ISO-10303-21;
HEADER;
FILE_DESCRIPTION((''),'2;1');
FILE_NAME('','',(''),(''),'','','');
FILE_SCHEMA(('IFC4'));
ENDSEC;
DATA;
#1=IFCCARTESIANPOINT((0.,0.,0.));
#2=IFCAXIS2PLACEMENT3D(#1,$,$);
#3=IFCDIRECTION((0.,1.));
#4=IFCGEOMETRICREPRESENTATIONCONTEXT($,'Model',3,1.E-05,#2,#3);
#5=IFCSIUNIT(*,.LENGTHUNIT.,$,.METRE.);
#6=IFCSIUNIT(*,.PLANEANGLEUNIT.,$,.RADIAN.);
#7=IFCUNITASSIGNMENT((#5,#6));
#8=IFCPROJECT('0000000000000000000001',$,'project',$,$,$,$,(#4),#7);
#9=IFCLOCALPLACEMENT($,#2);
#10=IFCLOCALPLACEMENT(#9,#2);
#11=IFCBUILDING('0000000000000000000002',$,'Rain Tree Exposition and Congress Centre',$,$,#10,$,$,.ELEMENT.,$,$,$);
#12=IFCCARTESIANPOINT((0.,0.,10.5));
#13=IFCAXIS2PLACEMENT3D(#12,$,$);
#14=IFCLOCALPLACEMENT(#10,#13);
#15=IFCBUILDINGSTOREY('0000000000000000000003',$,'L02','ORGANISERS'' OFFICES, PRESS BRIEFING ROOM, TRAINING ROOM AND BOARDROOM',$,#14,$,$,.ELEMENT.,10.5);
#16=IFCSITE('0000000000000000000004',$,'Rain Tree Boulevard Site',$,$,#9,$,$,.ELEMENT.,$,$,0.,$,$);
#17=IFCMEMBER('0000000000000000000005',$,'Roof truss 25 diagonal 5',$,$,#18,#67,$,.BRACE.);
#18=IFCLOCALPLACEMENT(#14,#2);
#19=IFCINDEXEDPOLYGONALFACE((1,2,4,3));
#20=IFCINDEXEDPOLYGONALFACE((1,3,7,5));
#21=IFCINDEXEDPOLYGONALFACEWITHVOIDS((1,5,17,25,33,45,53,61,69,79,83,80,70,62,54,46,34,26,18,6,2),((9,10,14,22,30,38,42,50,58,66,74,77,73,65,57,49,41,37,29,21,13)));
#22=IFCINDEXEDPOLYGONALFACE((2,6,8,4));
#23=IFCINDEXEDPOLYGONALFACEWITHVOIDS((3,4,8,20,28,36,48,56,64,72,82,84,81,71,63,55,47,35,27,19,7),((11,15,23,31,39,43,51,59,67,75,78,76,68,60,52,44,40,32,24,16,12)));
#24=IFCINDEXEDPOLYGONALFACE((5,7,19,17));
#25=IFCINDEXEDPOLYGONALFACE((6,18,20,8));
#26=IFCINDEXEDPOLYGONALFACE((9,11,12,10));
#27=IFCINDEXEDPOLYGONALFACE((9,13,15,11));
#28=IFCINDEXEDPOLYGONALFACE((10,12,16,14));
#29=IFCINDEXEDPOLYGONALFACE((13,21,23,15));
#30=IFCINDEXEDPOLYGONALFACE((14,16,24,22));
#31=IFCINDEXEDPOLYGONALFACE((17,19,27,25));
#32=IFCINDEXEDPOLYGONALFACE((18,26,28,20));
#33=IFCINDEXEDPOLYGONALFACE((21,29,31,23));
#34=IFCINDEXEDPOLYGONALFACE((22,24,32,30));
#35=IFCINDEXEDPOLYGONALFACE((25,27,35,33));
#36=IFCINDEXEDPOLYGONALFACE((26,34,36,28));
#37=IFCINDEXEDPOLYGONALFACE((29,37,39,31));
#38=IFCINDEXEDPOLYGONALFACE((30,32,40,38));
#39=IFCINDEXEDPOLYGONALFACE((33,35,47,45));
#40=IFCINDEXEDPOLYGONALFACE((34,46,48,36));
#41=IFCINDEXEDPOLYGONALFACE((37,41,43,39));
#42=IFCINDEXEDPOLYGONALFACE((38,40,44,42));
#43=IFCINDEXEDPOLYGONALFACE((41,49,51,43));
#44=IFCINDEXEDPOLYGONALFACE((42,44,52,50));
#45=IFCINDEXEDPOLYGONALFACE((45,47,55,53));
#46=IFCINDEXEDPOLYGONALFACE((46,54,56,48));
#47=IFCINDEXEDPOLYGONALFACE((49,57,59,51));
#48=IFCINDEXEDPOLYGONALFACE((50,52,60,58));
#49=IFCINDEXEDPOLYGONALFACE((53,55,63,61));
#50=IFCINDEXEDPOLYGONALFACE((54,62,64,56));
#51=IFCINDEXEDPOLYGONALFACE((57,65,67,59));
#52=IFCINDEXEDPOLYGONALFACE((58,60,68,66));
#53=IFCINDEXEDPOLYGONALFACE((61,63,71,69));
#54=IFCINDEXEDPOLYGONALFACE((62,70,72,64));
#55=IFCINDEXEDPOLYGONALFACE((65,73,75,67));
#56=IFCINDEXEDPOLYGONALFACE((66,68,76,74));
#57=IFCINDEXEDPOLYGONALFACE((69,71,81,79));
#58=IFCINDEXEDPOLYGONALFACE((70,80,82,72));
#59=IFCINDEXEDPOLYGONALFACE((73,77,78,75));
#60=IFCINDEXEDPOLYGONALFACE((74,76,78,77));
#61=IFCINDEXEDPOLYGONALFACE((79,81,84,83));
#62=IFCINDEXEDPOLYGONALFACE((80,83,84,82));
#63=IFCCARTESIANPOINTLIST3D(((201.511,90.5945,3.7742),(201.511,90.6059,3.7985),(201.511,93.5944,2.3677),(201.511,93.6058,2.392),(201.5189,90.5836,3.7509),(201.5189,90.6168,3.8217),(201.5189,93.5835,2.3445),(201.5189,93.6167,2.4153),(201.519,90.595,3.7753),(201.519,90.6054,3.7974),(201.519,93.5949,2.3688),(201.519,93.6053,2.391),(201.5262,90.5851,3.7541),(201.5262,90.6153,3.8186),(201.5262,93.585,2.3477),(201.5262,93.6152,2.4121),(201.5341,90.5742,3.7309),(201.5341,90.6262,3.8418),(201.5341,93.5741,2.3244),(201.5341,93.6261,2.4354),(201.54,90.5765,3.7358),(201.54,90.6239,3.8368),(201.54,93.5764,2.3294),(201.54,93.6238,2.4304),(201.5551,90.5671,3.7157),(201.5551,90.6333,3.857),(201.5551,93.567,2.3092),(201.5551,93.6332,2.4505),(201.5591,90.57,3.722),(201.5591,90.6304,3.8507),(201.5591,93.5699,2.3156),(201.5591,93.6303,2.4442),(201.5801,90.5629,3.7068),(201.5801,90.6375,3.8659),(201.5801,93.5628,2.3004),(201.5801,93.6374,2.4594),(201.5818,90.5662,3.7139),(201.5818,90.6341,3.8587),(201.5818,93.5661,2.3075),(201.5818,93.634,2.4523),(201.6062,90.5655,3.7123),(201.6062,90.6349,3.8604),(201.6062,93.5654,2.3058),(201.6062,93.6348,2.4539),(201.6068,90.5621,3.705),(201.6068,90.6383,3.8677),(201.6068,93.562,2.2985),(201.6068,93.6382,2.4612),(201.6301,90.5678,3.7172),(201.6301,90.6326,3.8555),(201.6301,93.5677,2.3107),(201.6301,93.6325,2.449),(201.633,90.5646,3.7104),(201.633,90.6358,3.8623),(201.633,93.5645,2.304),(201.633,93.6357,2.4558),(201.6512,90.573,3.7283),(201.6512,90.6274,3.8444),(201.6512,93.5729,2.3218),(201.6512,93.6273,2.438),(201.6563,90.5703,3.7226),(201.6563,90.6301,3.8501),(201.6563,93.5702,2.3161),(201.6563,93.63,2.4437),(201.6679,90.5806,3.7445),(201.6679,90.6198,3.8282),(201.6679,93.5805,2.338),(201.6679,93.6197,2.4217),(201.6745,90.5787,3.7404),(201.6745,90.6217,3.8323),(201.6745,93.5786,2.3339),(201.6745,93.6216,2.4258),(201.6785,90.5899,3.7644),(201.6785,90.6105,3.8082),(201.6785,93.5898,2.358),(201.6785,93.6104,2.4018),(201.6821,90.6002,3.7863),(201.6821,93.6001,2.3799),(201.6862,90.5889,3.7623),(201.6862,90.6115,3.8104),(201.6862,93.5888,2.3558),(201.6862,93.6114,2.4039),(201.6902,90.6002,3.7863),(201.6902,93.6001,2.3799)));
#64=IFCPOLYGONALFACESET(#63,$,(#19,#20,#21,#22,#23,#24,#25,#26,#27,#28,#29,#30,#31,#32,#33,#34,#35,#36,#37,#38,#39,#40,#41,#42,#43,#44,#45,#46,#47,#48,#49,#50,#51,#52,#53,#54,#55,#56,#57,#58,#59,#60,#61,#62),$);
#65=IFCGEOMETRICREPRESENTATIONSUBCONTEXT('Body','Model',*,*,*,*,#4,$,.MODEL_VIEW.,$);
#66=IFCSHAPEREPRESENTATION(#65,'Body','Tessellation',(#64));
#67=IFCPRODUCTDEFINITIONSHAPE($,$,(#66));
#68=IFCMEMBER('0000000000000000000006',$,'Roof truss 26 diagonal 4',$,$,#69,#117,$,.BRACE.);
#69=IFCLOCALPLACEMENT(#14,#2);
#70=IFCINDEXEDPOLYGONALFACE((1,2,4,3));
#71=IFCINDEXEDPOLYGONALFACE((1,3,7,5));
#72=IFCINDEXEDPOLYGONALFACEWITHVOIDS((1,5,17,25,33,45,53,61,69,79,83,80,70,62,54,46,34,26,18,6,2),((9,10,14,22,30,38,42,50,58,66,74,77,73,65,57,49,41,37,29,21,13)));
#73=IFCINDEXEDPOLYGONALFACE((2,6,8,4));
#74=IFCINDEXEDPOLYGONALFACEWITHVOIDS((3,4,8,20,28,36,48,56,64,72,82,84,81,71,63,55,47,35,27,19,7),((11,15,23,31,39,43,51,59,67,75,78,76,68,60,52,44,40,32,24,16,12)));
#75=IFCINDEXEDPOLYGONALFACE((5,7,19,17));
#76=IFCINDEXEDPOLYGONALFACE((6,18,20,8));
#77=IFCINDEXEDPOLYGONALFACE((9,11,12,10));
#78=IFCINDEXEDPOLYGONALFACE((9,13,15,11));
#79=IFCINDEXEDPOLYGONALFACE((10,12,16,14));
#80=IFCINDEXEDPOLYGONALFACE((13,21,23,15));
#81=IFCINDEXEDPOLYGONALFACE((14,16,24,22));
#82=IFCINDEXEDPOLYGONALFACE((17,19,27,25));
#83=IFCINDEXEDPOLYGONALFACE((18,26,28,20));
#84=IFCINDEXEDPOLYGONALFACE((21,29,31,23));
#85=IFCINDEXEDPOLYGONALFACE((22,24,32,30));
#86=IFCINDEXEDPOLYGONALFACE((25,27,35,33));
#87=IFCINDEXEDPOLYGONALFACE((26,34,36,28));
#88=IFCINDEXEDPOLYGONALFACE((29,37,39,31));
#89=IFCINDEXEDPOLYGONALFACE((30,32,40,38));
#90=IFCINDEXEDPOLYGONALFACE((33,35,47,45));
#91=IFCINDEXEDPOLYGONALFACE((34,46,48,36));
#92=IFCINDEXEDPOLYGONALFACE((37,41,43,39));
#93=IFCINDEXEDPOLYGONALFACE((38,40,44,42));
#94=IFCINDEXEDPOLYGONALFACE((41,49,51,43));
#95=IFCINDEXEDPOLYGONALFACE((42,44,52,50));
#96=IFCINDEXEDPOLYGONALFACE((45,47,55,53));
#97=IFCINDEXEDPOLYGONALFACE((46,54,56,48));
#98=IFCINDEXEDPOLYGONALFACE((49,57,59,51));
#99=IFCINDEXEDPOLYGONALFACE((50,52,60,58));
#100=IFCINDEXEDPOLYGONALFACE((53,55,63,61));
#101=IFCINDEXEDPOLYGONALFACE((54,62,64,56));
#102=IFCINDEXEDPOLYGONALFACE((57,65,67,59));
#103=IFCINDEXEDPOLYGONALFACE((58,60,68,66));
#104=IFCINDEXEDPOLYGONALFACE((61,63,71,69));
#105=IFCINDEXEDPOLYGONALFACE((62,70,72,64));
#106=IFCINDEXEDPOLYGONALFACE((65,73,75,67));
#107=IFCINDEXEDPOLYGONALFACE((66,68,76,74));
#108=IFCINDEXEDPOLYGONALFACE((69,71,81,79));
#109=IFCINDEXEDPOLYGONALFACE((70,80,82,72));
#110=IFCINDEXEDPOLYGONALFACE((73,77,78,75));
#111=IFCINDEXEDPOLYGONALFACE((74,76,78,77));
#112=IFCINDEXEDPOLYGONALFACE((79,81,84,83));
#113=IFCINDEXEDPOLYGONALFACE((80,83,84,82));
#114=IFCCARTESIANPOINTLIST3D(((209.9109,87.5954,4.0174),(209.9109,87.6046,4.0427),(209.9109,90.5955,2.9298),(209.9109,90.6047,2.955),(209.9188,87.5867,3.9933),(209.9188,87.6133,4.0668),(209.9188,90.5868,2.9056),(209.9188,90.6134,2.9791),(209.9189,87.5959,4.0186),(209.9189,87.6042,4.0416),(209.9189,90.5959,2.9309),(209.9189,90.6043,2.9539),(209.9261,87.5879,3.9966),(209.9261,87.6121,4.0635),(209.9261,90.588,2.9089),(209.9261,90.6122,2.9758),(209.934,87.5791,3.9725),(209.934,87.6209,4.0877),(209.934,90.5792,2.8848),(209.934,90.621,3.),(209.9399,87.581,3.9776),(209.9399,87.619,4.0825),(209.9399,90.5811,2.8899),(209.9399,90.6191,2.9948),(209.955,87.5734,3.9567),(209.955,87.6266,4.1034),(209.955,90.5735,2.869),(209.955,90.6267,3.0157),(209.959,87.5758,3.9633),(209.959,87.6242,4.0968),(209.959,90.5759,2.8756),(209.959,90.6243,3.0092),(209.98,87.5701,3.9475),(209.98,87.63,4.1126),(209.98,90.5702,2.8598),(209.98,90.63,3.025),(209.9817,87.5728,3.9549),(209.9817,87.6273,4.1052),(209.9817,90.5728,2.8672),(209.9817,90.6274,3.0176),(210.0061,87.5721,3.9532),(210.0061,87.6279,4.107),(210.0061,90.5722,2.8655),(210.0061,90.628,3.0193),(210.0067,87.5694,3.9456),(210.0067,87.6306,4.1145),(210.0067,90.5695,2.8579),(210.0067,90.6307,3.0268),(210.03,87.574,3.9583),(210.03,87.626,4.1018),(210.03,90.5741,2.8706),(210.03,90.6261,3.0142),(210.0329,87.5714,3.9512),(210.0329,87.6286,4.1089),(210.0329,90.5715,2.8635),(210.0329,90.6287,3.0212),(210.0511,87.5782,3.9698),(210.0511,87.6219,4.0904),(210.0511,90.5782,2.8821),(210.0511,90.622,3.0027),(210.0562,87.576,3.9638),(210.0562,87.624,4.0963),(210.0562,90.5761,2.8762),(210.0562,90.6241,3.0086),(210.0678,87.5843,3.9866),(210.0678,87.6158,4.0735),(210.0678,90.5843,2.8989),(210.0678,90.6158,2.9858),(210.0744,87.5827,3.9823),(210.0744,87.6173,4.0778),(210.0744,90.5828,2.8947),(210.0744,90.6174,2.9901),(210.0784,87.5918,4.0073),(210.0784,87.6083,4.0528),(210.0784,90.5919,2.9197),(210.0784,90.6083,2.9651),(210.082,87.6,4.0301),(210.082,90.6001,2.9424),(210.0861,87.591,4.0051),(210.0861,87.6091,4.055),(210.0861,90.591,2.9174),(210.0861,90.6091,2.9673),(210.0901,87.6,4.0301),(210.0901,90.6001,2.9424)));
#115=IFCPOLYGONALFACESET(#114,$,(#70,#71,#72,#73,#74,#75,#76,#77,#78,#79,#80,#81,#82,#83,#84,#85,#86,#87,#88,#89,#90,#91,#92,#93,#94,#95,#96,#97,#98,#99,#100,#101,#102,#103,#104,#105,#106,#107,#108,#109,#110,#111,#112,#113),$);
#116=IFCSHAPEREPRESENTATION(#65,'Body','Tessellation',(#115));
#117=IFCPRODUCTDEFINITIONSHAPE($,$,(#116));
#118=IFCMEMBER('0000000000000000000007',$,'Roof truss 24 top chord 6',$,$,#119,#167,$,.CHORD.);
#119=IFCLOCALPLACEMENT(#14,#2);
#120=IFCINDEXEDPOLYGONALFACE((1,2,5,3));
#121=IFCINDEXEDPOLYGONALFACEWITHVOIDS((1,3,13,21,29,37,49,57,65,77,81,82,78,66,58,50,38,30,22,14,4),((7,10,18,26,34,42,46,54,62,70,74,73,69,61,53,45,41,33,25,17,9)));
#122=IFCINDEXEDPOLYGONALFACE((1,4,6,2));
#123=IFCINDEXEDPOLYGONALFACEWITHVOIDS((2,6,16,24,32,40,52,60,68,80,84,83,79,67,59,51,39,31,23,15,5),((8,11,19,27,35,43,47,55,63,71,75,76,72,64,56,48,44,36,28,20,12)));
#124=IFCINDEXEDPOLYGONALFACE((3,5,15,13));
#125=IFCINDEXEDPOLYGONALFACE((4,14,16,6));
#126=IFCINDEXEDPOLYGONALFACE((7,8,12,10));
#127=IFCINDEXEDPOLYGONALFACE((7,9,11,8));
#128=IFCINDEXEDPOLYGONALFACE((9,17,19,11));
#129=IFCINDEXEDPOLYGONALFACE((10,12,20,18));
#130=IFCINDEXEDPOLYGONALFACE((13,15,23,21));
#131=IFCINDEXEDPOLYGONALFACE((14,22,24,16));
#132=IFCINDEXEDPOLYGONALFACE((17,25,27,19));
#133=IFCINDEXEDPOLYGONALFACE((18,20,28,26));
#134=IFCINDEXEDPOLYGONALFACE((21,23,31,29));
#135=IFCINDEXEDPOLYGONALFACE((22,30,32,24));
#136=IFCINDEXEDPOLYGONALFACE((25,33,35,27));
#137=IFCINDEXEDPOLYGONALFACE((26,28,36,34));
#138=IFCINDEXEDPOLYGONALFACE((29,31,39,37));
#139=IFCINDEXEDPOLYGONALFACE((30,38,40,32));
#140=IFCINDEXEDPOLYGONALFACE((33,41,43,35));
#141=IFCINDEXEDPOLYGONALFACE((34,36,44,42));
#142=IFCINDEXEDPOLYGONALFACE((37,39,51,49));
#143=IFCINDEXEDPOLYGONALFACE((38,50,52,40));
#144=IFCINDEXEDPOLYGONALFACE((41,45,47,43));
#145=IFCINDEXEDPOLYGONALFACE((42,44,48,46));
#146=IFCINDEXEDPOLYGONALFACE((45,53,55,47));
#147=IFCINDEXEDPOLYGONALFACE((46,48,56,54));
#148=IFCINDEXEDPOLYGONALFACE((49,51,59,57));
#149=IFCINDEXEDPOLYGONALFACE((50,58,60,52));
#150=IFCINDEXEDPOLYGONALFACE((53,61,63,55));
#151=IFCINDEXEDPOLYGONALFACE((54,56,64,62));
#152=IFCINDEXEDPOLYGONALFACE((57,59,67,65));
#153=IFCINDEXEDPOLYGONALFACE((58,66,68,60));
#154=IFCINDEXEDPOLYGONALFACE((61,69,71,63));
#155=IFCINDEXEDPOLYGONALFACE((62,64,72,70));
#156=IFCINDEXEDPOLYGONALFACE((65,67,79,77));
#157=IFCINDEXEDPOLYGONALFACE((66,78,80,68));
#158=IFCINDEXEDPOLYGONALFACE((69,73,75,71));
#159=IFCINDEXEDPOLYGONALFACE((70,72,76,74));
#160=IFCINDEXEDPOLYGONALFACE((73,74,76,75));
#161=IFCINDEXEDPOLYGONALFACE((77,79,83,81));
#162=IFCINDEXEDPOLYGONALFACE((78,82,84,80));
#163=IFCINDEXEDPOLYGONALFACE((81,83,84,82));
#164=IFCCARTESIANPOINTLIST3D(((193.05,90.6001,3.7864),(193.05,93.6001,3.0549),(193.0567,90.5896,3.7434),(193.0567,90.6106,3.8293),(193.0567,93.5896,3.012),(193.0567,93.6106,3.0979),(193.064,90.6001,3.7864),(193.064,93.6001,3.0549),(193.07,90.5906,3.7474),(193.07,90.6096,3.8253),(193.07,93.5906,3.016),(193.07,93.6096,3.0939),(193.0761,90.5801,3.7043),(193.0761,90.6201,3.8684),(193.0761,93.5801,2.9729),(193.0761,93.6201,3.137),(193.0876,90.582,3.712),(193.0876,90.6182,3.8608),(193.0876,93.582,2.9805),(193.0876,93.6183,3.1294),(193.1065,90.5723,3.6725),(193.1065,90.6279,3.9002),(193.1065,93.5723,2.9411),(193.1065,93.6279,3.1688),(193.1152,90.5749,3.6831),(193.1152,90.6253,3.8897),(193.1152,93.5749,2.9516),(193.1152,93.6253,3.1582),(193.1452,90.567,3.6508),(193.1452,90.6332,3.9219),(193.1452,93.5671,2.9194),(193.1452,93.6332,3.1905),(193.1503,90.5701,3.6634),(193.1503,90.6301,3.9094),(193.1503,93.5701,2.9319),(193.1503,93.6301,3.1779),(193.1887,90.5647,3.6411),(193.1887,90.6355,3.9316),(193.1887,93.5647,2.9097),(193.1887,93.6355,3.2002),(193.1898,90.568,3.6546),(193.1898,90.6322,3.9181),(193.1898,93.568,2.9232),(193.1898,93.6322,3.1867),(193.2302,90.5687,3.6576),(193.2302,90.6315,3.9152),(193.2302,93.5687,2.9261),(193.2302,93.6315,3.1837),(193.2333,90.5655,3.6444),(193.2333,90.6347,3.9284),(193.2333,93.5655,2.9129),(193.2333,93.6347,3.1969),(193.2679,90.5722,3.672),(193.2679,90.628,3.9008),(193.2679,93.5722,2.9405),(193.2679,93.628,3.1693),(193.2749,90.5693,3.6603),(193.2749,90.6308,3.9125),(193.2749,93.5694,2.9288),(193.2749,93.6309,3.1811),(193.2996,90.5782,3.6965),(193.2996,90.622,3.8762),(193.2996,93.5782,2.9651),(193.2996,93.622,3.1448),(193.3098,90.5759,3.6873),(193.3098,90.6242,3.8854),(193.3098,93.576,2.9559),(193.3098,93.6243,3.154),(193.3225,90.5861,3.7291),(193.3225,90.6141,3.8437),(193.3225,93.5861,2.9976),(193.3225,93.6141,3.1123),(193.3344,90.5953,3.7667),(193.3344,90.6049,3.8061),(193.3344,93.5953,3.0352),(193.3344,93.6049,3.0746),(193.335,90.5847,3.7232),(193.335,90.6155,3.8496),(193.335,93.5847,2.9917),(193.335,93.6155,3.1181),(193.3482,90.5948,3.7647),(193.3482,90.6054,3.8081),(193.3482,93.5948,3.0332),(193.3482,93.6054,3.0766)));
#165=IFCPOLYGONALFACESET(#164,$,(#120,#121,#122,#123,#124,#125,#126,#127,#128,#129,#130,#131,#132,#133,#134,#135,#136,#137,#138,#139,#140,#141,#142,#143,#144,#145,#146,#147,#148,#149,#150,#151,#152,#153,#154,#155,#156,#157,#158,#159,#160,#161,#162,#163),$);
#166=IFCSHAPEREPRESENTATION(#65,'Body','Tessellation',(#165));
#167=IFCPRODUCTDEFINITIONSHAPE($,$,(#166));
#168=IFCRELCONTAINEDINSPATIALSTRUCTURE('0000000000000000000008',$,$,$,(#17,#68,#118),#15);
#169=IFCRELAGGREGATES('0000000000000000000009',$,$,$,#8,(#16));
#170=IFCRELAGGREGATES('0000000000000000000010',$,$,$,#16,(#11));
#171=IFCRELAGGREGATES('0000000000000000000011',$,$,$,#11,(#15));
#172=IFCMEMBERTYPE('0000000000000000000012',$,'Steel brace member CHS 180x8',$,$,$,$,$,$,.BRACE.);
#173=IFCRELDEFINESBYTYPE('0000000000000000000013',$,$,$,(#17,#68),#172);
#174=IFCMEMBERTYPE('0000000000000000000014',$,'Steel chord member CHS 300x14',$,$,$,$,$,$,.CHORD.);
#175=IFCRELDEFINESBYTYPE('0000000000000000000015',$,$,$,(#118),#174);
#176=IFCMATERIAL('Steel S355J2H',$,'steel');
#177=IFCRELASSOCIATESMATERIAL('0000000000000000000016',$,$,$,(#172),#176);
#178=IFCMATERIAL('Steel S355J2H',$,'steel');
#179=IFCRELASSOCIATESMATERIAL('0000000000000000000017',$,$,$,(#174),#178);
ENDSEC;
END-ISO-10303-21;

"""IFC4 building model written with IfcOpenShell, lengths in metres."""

from ifc_helpers import new_model, si_unit, direction, frame, origin, origin_2d, place, context, subcontext, project, spatial, hollow_circle, extrude, material, material_profile, profile_set, type_object, element, save


model = new_model("IFC4")

# Units and contexts
model_context = context("Model", 3, precision=1e-05, world=origin(), true_north=direction((0.0, 1.0)))
body_context = subcontext(model_context, "Body", "Model", "MODEL_VIEW")
ifc_project = project(units=[si_unit("LENGTHUNIT", "METRE"), si_unit("PLANEANGLEUNIT", "RADIAN")], contexts=[model_context])

# Site, building, storey
site_placement = place(None, origin())
site = spatial("IfcSite", under=ifc_project, at=site_placement, Name="Rain Tree Boulevard Site", CompositionType="ELEMENT", RefElevation=0.0)
building_placement = place(site_placement, origin())
building = spatial("IfcBuilding", under=site, at=building_placement, Name="Rain Tree Exposition and Congress Centre", CompositionType="ELEMENT")
storey_placement = place(building_placement, frame((0.0, 0.0, 10.5)))
storey = spatial("IfcBuildingStorey", under=building, at=storey_placement, Name="L02", Description="ORGANISERS' OFFICES, PRESS BRIEFING ROOM, TRAINING ROOM AND BOARDROOM", CompositionType="ELEMENT", Elevation=10.5)

# Members
ifc_material_1 = material(Name="Steel S355J2H", Category="steel")
ifc_material_profile_1 = material_profile(ifc_material_1, hollow_circle(Radius=0.0901, WallThickness=0.0081, at=origin_2d()), Name="CHS 180x8")
ifc_profile_set_1 = profile_set([ifc_material_profile_1], Name="Steel S355J2H")
member_type_1 = type_object("IfcMemberType", Name="Steel brace member CHS 180x8", PredefinedType="BRACE", material=ifc_profile_set_1)
member_1_placement = place(storey_placement, frame((201.6001, 93.6001, 2.3799), z_axis=(0.0, -0.905431, 0.424494), x_axis=(1.0, 0.0, 0.0)))
element("IfcMember", 1, at=member_1_placement, inside=storey, type_object=member_type_1, Name="Roof truss 25 diagonal 5", PredefinedType="BRACE", context=body_context, shape_type="SweptSolid", body=[
    extrude(hollow_circle(Radius=0.0901, WallThickness=0.0081, at=origin_2d()), origin(), (0.0, 0.0, 1.0), 3.3132),
])
member_2_placement = place(storey_placement, frame((210.0, 90.6001, 2.9424), z_axis=(0.0, -0.940121, 0.34084), x_axis=(1.0, 0.0, 0.0)))
element("IfcMember", 2, at=member_2_placement, inside=storey, type_object=member_type_1, Name="Roof truss 26 diagonal 4", PredefinedType="BRACE", context=body_context, shape_type="SweptSolid", body=[
    extrude(hollow_circle(Radius=0.0901, WallThickness=0.0081, at=origin_2d()), origin(), (0.0, 0.0, 1.0), 3.1912),
])
ifc_material_2 = material(Name="Steel S355J2H", Category="steel")
ifc_material_profile_2 = material_profile(ifc_material_2, hollow_circle(Radius=0.1499, WallThickness=0.0139, at=origin_2d()), Name="CHS 300x14")
ifc_profile_set_2 = profile_set([ifc_material_profile_2], Name="Steel S355J2H")
member_type_2 = type_object("IfcMemberType", Name="Steel chord member CHS 300x14", PredefinedType="CHORD", material=ifc_profile_set_2)
member_3_placement = place(storey_placement, frame((193.2, 90.6001, 3.7864), z_axis=(0.0, 0.97154, -0.236876), x_axis=(-1.0, 0.0, 0.0)))
element("IfcMember", 3, at=member_3_placement, inside=storey, type_object=member_type_2, Name="Roof truss 24 top chord 6", PredefinedType="CHORD", context=body_context, shape_type="SweptSolid", body=[
    extrude(hollow_circle(Radius=0.1499, WallThickness=0.0139, at=origin_2d()), origin(), (0.0, 0.0, 1.0), 3.0879),
])

save(model, "model.ifc")
